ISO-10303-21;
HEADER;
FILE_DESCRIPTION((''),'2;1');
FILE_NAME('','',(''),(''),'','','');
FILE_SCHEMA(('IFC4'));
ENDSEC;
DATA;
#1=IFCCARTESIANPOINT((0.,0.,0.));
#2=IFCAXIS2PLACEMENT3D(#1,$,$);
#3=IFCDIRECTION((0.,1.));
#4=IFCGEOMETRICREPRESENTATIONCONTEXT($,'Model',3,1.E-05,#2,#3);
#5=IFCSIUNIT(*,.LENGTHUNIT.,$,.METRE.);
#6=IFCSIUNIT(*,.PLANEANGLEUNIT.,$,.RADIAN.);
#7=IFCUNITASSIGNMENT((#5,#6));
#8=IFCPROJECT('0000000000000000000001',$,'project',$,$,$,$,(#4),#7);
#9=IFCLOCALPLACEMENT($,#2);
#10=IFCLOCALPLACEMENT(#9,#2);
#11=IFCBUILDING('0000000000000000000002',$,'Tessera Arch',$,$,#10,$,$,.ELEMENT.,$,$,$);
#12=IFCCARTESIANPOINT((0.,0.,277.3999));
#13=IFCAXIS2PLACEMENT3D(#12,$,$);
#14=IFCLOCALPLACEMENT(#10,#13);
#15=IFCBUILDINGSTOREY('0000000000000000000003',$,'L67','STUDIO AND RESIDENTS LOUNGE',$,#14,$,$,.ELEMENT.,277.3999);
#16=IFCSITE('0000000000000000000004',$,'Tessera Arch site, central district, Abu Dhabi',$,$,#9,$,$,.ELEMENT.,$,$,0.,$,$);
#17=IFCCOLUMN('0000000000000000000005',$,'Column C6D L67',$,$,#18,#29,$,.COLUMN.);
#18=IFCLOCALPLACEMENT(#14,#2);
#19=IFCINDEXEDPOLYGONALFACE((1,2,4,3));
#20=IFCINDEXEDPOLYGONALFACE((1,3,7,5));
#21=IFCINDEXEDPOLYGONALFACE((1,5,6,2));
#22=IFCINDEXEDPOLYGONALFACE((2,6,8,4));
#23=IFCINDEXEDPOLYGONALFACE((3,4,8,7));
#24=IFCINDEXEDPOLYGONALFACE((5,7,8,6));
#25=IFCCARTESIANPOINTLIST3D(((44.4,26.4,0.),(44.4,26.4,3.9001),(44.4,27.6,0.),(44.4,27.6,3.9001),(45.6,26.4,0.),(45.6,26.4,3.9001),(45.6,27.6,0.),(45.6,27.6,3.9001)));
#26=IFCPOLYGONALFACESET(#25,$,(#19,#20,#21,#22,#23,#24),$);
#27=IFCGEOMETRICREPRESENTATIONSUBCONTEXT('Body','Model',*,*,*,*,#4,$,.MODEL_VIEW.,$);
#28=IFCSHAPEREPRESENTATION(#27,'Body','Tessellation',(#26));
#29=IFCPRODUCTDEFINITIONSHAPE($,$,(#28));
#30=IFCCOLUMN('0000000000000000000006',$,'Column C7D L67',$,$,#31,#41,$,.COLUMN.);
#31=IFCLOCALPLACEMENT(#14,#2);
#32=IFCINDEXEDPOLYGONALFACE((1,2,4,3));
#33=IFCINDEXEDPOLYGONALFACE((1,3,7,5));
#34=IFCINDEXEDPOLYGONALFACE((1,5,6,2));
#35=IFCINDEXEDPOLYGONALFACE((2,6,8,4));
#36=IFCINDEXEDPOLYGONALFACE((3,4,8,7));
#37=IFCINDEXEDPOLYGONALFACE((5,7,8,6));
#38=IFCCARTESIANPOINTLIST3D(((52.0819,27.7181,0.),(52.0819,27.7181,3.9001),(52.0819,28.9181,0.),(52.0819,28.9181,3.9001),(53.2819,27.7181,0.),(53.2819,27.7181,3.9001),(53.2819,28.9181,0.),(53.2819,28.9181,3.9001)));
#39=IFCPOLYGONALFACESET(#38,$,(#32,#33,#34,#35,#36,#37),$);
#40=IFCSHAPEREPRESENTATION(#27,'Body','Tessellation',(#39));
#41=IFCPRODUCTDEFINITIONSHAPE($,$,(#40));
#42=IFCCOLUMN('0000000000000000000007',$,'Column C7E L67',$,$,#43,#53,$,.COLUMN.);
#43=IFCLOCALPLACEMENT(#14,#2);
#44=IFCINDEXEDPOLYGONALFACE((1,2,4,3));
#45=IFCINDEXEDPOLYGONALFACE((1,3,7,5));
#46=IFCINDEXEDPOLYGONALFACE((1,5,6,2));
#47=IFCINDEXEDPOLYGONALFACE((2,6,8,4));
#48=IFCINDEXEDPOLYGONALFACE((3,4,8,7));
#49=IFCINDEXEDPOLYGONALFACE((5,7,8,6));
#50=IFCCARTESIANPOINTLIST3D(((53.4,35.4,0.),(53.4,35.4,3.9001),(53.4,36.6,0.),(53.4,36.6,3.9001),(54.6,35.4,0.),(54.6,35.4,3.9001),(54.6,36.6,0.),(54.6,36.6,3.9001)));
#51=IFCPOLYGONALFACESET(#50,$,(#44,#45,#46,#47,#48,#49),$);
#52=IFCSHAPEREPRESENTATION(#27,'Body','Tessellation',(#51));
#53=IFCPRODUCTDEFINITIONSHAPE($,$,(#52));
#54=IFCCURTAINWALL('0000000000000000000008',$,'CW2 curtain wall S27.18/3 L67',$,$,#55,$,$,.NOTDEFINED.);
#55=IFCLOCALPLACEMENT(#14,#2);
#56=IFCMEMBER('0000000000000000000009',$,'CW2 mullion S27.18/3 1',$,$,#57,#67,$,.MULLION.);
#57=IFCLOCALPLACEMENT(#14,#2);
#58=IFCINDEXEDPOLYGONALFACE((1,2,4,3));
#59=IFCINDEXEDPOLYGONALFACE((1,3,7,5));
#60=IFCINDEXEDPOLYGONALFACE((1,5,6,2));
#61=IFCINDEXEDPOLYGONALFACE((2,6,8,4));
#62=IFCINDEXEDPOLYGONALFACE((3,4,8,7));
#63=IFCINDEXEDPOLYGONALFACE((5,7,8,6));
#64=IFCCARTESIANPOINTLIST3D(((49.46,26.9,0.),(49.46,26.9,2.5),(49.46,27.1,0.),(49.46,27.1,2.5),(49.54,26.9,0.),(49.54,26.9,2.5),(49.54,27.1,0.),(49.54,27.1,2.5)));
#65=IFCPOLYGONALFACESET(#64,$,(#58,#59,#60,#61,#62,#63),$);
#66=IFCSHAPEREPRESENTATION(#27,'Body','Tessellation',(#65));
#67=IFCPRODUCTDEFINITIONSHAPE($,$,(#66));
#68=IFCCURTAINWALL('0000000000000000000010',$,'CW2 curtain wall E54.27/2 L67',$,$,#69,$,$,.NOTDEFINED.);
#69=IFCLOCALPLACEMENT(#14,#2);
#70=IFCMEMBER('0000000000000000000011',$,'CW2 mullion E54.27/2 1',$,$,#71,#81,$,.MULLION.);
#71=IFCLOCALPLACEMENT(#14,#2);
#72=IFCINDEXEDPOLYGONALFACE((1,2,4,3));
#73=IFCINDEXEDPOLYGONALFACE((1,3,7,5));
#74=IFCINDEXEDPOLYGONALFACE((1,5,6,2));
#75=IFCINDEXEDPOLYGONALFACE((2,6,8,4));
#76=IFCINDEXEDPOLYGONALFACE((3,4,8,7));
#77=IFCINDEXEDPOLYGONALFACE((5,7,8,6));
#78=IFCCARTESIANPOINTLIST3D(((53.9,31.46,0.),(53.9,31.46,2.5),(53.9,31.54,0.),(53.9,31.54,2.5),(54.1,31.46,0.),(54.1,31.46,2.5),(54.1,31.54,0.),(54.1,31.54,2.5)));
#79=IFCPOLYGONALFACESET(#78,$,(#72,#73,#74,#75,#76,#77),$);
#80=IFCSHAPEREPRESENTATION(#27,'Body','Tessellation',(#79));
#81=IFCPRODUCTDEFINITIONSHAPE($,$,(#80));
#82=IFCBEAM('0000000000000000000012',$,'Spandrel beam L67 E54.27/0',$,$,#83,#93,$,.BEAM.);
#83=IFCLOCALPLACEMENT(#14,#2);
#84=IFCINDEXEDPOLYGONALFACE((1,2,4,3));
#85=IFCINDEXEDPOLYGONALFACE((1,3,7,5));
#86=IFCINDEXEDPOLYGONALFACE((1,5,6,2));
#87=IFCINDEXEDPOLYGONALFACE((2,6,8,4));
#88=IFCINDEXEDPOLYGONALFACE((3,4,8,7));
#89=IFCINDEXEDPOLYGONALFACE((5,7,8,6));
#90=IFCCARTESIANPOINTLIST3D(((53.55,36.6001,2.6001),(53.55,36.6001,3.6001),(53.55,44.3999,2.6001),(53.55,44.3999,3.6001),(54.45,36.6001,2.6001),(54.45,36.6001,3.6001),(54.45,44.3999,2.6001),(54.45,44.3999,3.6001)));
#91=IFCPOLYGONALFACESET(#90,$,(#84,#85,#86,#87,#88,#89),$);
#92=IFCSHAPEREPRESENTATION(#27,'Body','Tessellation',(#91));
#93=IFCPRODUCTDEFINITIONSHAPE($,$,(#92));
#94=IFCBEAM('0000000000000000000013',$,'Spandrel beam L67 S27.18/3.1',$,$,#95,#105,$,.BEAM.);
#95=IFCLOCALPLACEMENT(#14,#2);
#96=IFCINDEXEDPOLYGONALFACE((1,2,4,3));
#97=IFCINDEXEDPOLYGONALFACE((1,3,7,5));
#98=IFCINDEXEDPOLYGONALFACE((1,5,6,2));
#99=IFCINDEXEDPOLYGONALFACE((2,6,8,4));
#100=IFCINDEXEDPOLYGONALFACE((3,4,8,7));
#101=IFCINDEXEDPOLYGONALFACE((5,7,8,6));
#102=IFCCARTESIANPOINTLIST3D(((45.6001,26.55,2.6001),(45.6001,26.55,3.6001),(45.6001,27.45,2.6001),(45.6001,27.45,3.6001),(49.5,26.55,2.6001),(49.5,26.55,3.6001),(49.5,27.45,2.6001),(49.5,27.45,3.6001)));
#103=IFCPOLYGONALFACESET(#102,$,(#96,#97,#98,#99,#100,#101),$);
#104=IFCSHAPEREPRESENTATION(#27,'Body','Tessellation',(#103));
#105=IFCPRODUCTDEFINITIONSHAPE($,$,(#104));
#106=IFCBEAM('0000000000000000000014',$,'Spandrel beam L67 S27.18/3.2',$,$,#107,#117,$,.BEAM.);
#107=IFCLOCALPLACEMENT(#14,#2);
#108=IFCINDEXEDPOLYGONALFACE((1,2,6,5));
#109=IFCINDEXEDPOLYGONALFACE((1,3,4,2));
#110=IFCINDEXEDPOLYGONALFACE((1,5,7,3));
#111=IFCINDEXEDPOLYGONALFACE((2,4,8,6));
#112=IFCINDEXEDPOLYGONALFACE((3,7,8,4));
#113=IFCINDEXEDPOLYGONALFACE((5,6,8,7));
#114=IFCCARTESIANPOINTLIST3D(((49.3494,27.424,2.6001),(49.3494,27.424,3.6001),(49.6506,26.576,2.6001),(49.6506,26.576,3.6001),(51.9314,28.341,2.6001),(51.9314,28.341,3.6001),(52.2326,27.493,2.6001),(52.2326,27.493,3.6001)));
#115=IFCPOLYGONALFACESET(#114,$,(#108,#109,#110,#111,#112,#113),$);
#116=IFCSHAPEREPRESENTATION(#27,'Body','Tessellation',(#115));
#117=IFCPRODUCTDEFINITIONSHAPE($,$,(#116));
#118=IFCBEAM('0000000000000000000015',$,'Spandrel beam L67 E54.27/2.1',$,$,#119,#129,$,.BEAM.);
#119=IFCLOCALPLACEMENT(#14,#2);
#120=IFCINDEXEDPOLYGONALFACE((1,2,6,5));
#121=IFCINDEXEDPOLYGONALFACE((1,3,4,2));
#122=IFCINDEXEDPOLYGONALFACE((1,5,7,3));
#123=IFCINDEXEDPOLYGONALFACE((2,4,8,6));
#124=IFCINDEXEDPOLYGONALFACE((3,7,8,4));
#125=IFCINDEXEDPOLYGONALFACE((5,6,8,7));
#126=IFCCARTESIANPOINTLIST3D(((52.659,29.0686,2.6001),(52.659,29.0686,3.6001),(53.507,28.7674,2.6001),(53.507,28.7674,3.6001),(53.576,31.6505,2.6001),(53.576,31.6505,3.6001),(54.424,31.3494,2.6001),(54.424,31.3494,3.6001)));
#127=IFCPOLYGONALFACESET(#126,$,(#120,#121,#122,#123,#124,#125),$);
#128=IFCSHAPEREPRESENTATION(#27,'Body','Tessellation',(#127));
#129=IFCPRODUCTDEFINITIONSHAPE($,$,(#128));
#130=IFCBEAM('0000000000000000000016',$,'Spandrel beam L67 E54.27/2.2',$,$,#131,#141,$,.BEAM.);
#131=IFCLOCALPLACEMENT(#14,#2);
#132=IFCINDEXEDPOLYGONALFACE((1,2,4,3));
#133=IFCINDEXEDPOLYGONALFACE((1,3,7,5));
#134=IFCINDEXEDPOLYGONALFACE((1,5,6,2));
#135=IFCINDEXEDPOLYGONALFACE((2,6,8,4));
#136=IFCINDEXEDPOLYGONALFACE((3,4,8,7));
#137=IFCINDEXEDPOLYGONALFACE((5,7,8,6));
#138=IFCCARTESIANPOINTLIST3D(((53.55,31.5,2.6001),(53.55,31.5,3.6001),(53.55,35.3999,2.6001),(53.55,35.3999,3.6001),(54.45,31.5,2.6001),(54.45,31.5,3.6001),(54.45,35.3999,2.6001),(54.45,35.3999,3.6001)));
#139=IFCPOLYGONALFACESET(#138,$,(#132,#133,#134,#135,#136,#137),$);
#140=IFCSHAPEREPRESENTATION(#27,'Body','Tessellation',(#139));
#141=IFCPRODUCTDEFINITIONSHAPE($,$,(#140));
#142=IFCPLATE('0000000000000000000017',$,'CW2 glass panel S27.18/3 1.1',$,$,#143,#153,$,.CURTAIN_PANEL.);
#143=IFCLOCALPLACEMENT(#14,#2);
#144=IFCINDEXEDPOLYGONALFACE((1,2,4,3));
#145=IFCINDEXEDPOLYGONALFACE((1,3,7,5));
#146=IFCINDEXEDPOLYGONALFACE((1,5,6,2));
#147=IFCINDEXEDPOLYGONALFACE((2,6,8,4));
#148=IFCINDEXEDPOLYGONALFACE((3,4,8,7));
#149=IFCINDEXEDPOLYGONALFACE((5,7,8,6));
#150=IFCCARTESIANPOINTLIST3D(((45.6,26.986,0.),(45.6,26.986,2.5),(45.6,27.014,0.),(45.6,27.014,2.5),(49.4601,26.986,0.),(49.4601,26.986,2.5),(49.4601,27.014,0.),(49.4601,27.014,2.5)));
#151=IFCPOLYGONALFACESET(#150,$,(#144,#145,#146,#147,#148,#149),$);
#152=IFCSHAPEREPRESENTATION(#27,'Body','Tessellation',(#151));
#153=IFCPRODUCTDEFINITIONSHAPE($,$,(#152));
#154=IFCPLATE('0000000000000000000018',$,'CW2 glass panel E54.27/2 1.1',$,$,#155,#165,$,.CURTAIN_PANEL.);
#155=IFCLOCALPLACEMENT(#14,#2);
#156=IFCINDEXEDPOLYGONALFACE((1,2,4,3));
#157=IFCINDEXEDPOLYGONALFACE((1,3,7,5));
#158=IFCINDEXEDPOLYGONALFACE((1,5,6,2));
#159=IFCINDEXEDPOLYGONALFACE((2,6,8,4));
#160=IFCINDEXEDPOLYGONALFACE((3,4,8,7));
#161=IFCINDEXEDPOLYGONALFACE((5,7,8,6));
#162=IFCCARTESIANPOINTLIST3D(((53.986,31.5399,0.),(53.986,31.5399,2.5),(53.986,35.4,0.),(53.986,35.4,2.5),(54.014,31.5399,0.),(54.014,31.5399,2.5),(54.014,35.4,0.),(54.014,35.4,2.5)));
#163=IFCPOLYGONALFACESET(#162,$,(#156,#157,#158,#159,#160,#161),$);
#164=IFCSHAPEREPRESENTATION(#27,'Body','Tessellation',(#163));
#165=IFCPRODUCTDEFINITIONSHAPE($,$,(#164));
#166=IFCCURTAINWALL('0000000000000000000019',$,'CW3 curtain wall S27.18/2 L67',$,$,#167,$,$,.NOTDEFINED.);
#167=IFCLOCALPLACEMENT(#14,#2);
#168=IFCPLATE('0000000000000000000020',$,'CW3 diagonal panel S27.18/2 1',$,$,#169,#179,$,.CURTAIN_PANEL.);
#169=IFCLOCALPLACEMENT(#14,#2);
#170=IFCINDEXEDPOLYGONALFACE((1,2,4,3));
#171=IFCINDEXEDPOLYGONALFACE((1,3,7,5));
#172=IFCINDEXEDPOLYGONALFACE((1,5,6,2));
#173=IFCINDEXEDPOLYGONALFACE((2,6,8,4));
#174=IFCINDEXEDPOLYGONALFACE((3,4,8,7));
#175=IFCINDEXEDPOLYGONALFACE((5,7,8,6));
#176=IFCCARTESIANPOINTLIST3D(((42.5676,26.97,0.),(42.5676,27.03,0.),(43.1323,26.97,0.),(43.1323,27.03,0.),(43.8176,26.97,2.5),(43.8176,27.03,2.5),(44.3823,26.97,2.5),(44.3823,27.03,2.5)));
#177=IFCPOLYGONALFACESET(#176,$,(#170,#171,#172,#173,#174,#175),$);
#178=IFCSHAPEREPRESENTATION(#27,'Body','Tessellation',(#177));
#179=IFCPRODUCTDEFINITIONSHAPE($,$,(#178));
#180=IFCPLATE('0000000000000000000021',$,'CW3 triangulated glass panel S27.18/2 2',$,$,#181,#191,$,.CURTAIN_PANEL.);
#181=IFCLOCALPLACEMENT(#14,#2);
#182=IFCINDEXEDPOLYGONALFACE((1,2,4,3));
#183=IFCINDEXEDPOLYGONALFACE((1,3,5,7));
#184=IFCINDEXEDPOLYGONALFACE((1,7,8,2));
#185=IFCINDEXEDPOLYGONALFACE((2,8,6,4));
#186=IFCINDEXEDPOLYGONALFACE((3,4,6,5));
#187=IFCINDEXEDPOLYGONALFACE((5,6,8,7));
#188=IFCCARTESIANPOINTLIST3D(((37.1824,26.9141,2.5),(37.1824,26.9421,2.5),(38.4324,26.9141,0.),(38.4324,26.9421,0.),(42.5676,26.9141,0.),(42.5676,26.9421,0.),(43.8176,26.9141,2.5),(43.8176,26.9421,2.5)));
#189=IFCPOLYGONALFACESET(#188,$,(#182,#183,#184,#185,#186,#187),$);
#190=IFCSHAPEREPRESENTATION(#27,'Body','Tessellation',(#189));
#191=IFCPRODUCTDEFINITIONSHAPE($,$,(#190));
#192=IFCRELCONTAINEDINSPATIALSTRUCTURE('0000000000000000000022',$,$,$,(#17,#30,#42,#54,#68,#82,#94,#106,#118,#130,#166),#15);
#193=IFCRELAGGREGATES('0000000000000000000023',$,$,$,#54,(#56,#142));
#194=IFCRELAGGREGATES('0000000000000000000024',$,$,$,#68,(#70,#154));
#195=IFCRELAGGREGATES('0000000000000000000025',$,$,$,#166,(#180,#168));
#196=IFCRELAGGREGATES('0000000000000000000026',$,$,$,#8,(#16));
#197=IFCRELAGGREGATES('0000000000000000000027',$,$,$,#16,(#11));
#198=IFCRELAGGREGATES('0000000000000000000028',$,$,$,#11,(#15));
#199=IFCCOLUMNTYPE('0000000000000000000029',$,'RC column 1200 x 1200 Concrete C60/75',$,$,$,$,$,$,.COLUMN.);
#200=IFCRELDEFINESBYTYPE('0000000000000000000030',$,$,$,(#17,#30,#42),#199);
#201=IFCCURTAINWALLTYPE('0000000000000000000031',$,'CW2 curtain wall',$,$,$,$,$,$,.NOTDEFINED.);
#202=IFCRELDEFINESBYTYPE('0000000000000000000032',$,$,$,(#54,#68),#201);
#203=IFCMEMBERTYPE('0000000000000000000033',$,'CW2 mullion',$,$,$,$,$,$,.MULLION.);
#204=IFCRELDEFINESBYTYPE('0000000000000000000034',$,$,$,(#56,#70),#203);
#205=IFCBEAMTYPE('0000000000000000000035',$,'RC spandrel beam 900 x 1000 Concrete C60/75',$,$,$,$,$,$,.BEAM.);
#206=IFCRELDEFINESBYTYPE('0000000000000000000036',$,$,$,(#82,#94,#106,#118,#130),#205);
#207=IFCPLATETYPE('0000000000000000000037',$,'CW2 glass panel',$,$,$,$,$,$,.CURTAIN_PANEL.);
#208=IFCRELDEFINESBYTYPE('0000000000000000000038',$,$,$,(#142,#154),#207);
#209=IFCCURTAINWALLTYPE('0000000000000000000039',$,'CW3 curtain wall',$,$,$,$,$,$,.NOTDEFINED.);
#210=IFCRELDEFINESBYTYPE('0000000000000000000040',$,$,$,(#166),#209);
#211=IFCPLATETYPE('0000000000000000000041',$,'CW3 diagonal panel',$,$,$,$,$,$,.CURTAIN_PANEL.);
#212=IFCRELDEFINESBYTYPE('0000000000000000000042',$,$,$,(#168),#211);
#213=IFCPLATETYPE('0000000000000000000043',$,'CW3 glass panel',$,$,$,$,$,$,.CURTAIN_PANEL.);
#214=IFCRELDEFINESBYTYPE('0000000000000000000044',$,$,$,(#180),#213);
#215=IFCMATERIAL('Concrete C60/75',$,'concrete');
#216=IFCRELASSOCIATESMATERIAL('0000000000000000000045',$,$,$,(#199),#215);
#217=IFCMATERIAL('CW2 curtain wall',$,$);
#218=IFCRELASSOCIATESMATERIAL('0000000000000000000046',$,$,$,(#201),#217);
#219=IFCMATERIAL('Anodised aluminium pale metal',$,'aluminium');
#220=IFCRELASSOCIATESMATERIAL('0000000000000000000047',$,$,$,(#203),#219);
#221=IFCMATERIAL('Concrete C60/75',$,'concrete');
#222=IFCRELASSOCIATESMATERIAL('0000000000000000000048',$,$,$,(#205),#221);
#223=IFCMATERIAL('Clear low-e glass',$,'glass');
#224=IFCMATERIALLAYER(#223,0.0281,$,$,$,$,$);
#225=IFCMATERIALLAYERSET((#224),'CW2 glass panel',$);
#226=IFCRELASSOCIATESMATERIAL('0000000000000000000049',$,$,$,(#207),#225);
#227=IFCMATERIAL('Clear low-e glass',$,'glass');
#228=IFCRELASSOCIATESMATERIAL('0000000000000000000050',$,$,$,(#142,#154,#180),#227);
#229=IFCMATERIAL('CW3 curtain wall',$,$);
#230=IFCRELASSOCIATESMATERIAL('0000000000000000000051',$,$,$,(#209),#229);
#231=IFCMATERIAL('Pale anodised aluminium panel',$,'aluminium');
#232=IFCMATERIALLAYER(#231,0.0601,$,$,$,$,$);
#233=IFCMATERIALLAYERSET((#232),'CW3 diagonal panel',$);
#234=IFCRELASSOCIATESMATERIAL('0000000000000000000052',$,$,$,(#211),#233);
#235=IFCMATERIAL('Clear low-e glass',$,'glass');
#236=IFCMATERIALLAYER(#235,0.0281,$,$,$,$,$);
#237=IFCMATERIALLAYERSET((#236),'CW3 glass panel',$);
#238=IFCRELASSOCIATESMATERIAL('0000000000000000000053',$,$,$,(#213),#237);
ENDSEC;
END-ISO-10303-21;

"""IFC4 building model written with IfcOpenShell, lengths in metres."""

from ifc_helpers import new_model, si_unit, direction, frame, origin, origin_2d, place, context, subcontext, project, spatial, polyline, rectangle, outline, extrude, material, layer, layer_set, material_profile, profile_set, type_object, element, aggregate, save


model = new_model("IFC4")

# Units and contexts
model_context = context("Model", 3, precision=1e-05, world=origin(), true_north=direction((0.0, 1.0)))
body_context = subcontext(model_context, "Body", "Model", "MODEL_VIEW")
ifc_project = project(units=[si_unit("LENGTHUNIT", "METRE"), si_unit("PLANEANGLEUNIT", "RADIAN")], contexts=[model_context])

# Site, building, storey
site_placement = place(None, origin())
site = spatial("IfcSite", under=ifc_project, at=site_placement, Name="Tessera Arch site, central district, Abu Dhabi", CompositionType="ELEMENT", RefElevation=0.0)
building_placement = place(site_placement, origin())
building = spatial("IfcBuilding", under=site, at=building_placement, Name="Tessera Arch", CompositionType="ELEMENT")
storey_placement = place(building_placement, frame((0.0, 0.0, 277.3999)))
storey = spatial("IfcBuildingStorey", under=building, at=storey_placement, Name="L67", Description="STUDIO AND RESIDENTS LOUNGE", CompositionType="ELEMENT", Elevation=277.3999)

# Columns
ifc_material_1 = material(Name="Concrete C60/75", Category="concrete")
ifc_material_profile_1 = material_profile(ifc_material_1, rectangle(XDim=1.2, YDim=1.2, at=origin_2d()), Name="RC column 1200 x 1200 Concrete C60/75")
ifc_profile_set_1 = profile_set([ifc_material_profile_1], Name="Concrete C60/75")
column_type = type_object("IfcColumnType", Name="RC column 1200 x 1200 Concrete C60/75", PredefinedType="COLUMN", material=ifc_profile_set_1)
for number, where, z_axis, x_axis, name in (
    (1, (45.0, 27.0, 0.0), (0.0, 0.0, 1.0), (1.0, 0.0, 0.0), "Column C6D L67"),
    (2, (52.6819, 28.3181, 0.0), (0.0, 0.0, 1.0), (1.0, 0.0, 0.0), "Column C7D L67"),
    (3, (54.0, 36.0, 0.0), (0.0, 0.0, 1.0), (1.0, 0.0, 0.0), "Column C7E L67"),
):
    element("IfcColumn", number, at=place(storey_placement, frame(where, z_axis=z_axis, x_axis=x_axis)), inside=storey, type_object=column_type, Name=name, PredefinedType="COLUMN", context=body_context, shape_type="SweptSolid", body=[
        extrude(rectangle(XDim=1.2, YDim=1.2, at=origin_2d()), origin(), (0.0, 0.0, 1.0), 3.9001),
    ])

# Curtain walls, members
ifc_material_2 = material(Name="CW2 curtain wall")
curtain_wall_type_1 = type_object("IfcCurtainWallType", Name="CW2 curtain wall", PredefinedType="NOTDEFINED", material=ifc_material_2)
curtain_wall_1_placement = place(storey_placement, origin())
curtain_wall_1 = element("IfcCurtainWall", 4, at=curtain_wall_1_placement, inside=storey, type_object=curtain_wall_type_1, Name="CW2 curtain wall S27.18/3 L67", PredefinedType="NOTDEFINED")
ifc_material_3 = material(Name="Anodised aluminium pale metal", Category="aluminium")
ifc_material_profile_2 = material_profile(ifc_material_3, rectangle(XDim=0.2, YDim=0.0801, at=origin_2d()), Name="AL 80x200")
ifc_profile_set_2 = profile_set([ifc_material_profile_2], Name="Anodised aluminium pale metal")
member_type = type_object("IfcMemberType", Name="CW2 mullion", PredefinedType="MULLION", material=ifc_profile_set_2)
member_1_placement = place(storey_placement, frame((49.5, 27.0, 0.0), z_axis=(0.0, 0.0, 1.0), x_axis=(0.0, 1.0, 0.0)))
member_1 = element("IfcMember", 5, at=member_1_placement, type_object=member_type, Name="CW2 mullion S27.18/3 1", PredefinedType="MULLION", context=body_context, shape_type="SweptSolid", body=[
    extrude(rectangle(XDim=0.2, YDim=0.0801, at=origin_2d()), origin(), (0.0, 0.0, 1.0), 2.5),
])
curtain_wall_2_placement = place(storey_placement, origin())
curtain_wall_2 = element("IfcCurtainWall", 6, at=curtain_wall_2_placement, inside=storey, type_object=curtain_wall_type_1, Name="CW2 curtain wall E54.27/2 L67", PredefinedType="NOTDEFINED")
member_2_placement = place(storey_placement, frame((54.0, 31.5, 0.0), z_axis=(0.0, 0.0, 1.0), x_axis=(-1.0, 0.0, 0.0)))
member_2 = element("IfcMember", 7, at=member_2_placement, type_object=member_type, Name="CW2 mullion E54.27/2 1", PredefinedType="MULLION", context=body_context, shape_type="SweptSolid", body=[
    extrude(rectangle(XDim=0.2, YDim=0.0801, at=origin_2d()), origin(), (0.0, 0.0, 1.0), 2.5),
])

# Beams
ifc_material_4 = material(Name="Concrete C60/75", Category="concrete")
ifc_material_profile_3 = material_profile(ifc_material_4, rectangle(XDim=0.8999, YDim=1.0, at=origin_2d()), Name="RC spandrel beam 900 x 1000 Concrete C60/75")
ifc_profile_set_3 = profile_set([ifc_material_profile_3], Name="Concrete C60/75")
beam_type = type_object("IfcBeamType", Name="RC spandrel beam 900 x 1000 Concrete C60/75", PredefinedType="BEAM", material=ifc_profile_set_3)
beam_1_placement = place(storey_placement, frame((54.0, 36.6001, 3.1001), z_axis=(0.0, 1.0, 0.0), x_axis=(-1.0, 0.0, 0.0)))
element("IfcBeam", 8, at=beam_1_placement, inside=storey, type_object=beam_type, Name="Spandrel beam L67 E54.27/0", PredefinedType="BEAM", context=body_context, shape_type="SweptSolid", body=[
    extrude(rectangle(XDim=0.8999, YDim=1.0, at=origin_2d()), origin(), (0.0, 0.0, 1.0), 7.7998),
])
beam_2_placement = place(storey_placement, frame((45.6001, 27.0, 3.1001), z_axis=(1.0, 0.0, 0.0), x_axis=(0.0, 1.0, 0.0)))
element("IfcBeam", 9, at=beam_2_placement, inside=storey, type_object=beam_type, Name="Spandrel beam L67 S27.18/3.1", PredefinedType="BEAM", context=body_context, shape_type="SweptSolid", body=[
    extrude(rectangle(XDim=0.8999, YDim=1.0, at=origin_2d()), origin(), (0.0, 0.0, 1.0), 3.8999),
])
for number, where, z_axis, x_axis, name in (
    (10, (49.5, 27.0, 3.1001), (0.942337, 0.334665, 0.0), (-0.334665, 0.942337, 0.0), "Spandrel beam L67 S27.18/3.2"),
    (11, (53.083, 28.918, 3.1001), (0.334665, 0.942337, 0.0), (-0.942337, 0.334665, 0.0), "Spandrel beam L67 E54.27/2.1"),
):
    element("IfcBeam", number, at=place(storey_placement, frame(where, z_axis=z_axis, x_axis=x_axis)), inside=storey, type_object=beam_type, Name=name, PredefinedType="BEAM", context=body_context, shape_type="SweptSolid", body=[
        extrude(rectangle(XDim=0.8999, YDim=1.0, at=origin_2d()), origin(), (0.0, 0.0, 1.0), 2.74),
    ])
beam_3_placement = place(storey_placement, frame((54.0, 31.5, 3.1001), z_axis=(0.0, 1.0, 0.0), x_axis=(-1.0, 0.0, 0.0)))
element("IfcBeam", 12, at=beam_3_placement, inside=storey, type_object=beam_type, Name="Spandrel beam L67 E54.27/2.2", PredefinedType="BEAM", context=body_context, shape_type="SweptSolid", body=[
    extrude(rectangle(XDim=0.8999, YDim=1.0, at=origin_2d()), origin(), (0.0, 0.0, 1.0), 3.8999),
])

# Plates
ifc_material_5 = material(Name="Clear low-e glass", Category="glass")
ifc_material_6 = material(Name="Clear low-e glass", Category="glass")
ifc_layer_1 = layer(ifc_material_6, 0.0281)
ifc_layer_set_1 = layer_set([ifc_layer_1], Name="CW2 glass panel")
plate_type_1 = type_object("IfcPlateType", Name="CW2 glass panel", PredefinedType="CURTAIN_PANEL", material=ifc_layer_set_1)
plate_1_placement = place(storey_placement, frame((47.53, 27.0, 0.0), z_axis=(0.0, 0.0, 1.0), x_axis=(1.0, 0.0, 0.0)))
plate_1 = element("IfcPlate", 13, at=plate_1_placement, type_object=plate_type_1, material=ifc_material_5, Name="CW2 glass panel S27.18/3 1.1", PredefinedType="CURTAIN_PANEL", context=body_context, shape_type="SweptSolid", body=[
    extrude(rectangle(XDim=3.8601, YDim=0.0281, at=origin_2d()), origin(), (0.0, 0.0, 1.0), 2.5),
])
aggregate(curtain_wall_1, [member_1, plate_1])
plate_2_placement = place(storey_placement, frame((54.0, 33.47, 0.0), z_axis=(0.0, 0.0, 1.0), x_axis=(0.0, 1.0, 0.0)))
plate_2 = element("IfcPlate", 14, at=plate_2_placement, type_object=plate_type_1, material=ifc_material_5, Name="CW2 glass panel E54.27/2 1.1", PredefinedType="CURTAIN_PANEL", context=body_context, shape_type="SweptSolid", body=[
    extrude(rectangle(XDim=3.8601, YDim=0.0281, at=origin_2d()), origin(), (0.0, 0.0, 1.0), 2.5),
])
aggregate(curtain_wall_2, [member_2, plate_2])

# Curtain wall, plates
ifc_material_7 = material(Name="CW3 curtain wall")
curtain_wall_type_2 = type_object("IfcCurtainWallType", Name="CW3 curtain wall", PredefinedType="NOTDEFINED", material=ifc_material_7)
curtain_wall_3_placement = place(storey_placement, origin())
curtain_wall_3 = element("IfcCurtainWall", 15, at=curtain_wall_3_placement, inside=storey, type_object=curtain_wall_type_2, Name="CW3 curtain wall S27.18/2 L67", PredefinedType="NOTDEFINED")
ifc_material_8 = material(Name="Pale anodised aluminium panel", Category="aluminium")
ifc_layer_2 = layer(ifc_material_8, 0.0601)
ifc_layer_set_2 = layer_set([ifc_layer_2], Name="CW3 diagonal panel")
plate_type_2 = type_object("IfcPlateType", Name="CW3 diagonal panel", PredefinedType="CURTAIN_PANEL", material=ifc_layer_set_2)
plate_3_placement = place(storey_placement, frame((44.3823, 26.97, 2.5), z_axis=(0.0, -1.0, 0.0), x_axis=(-1.0, 0.0, 0.0)))
plate_3 = element("IfcPlate", 16, at=plate_3_placement, type_object=plate_type_2, Name="CW3 diagonal panel S27.18/2 1", PredefinedType="CURTAIN_PANEL", context=body_context, shape_type="SweptSolid", body=[
    extrude(outline(polyline([(0.0, 0.0), (0.5647, 0.0), (1.8147, 2.5), (1.25, 2.5), (0.0, 0.0)])), origin(), (0.0, 0.0, -1.0), 0.0601),
])
ifc_material_9 = material(Name="Clear low-e glass", Category="glass")
ifc_layer_3 = layer(ifc_material_9, 0.0281)
ifc_layer_set_3 = layer_set([ifc_layer_3], Name="CW3 glass panel")
plate_type_3 = type_object("IfcPlateType", Name="CW3 glass panel", PredefinedType="CURTAIN_PANEL", material=ifc_layer_set_3)
plate_4_placement = place(storey_placement, frame((43.8176, 26.9141, 2.5), z_axis=(0.0, -1.0, 0.0), x_axis=(-1.0, 0.0, 0.0)))
plate_4 = element("IfcPlate", 17, at=plate_4_placement, type_object=plate_type_3, material=ifc_material_5, Name="CW3 triangulated glass panel S27.18/2 2", PredefinedType="CURTAIN_PANEL", context=body_context, shape_type="SweptSolid", body=[
    extrude(outline(polyline([(0.0, 0.0), (6.6353, 0.0), (5.3853, 2.5), (1.25, 2.5), (0.0, 0.0)])), origin(), (0.0, 0.0, -1.0), 0.0281),
])
aggregate(curtain_wall_3, [plate_4, plate_3])

save(model, "model.ifc")
